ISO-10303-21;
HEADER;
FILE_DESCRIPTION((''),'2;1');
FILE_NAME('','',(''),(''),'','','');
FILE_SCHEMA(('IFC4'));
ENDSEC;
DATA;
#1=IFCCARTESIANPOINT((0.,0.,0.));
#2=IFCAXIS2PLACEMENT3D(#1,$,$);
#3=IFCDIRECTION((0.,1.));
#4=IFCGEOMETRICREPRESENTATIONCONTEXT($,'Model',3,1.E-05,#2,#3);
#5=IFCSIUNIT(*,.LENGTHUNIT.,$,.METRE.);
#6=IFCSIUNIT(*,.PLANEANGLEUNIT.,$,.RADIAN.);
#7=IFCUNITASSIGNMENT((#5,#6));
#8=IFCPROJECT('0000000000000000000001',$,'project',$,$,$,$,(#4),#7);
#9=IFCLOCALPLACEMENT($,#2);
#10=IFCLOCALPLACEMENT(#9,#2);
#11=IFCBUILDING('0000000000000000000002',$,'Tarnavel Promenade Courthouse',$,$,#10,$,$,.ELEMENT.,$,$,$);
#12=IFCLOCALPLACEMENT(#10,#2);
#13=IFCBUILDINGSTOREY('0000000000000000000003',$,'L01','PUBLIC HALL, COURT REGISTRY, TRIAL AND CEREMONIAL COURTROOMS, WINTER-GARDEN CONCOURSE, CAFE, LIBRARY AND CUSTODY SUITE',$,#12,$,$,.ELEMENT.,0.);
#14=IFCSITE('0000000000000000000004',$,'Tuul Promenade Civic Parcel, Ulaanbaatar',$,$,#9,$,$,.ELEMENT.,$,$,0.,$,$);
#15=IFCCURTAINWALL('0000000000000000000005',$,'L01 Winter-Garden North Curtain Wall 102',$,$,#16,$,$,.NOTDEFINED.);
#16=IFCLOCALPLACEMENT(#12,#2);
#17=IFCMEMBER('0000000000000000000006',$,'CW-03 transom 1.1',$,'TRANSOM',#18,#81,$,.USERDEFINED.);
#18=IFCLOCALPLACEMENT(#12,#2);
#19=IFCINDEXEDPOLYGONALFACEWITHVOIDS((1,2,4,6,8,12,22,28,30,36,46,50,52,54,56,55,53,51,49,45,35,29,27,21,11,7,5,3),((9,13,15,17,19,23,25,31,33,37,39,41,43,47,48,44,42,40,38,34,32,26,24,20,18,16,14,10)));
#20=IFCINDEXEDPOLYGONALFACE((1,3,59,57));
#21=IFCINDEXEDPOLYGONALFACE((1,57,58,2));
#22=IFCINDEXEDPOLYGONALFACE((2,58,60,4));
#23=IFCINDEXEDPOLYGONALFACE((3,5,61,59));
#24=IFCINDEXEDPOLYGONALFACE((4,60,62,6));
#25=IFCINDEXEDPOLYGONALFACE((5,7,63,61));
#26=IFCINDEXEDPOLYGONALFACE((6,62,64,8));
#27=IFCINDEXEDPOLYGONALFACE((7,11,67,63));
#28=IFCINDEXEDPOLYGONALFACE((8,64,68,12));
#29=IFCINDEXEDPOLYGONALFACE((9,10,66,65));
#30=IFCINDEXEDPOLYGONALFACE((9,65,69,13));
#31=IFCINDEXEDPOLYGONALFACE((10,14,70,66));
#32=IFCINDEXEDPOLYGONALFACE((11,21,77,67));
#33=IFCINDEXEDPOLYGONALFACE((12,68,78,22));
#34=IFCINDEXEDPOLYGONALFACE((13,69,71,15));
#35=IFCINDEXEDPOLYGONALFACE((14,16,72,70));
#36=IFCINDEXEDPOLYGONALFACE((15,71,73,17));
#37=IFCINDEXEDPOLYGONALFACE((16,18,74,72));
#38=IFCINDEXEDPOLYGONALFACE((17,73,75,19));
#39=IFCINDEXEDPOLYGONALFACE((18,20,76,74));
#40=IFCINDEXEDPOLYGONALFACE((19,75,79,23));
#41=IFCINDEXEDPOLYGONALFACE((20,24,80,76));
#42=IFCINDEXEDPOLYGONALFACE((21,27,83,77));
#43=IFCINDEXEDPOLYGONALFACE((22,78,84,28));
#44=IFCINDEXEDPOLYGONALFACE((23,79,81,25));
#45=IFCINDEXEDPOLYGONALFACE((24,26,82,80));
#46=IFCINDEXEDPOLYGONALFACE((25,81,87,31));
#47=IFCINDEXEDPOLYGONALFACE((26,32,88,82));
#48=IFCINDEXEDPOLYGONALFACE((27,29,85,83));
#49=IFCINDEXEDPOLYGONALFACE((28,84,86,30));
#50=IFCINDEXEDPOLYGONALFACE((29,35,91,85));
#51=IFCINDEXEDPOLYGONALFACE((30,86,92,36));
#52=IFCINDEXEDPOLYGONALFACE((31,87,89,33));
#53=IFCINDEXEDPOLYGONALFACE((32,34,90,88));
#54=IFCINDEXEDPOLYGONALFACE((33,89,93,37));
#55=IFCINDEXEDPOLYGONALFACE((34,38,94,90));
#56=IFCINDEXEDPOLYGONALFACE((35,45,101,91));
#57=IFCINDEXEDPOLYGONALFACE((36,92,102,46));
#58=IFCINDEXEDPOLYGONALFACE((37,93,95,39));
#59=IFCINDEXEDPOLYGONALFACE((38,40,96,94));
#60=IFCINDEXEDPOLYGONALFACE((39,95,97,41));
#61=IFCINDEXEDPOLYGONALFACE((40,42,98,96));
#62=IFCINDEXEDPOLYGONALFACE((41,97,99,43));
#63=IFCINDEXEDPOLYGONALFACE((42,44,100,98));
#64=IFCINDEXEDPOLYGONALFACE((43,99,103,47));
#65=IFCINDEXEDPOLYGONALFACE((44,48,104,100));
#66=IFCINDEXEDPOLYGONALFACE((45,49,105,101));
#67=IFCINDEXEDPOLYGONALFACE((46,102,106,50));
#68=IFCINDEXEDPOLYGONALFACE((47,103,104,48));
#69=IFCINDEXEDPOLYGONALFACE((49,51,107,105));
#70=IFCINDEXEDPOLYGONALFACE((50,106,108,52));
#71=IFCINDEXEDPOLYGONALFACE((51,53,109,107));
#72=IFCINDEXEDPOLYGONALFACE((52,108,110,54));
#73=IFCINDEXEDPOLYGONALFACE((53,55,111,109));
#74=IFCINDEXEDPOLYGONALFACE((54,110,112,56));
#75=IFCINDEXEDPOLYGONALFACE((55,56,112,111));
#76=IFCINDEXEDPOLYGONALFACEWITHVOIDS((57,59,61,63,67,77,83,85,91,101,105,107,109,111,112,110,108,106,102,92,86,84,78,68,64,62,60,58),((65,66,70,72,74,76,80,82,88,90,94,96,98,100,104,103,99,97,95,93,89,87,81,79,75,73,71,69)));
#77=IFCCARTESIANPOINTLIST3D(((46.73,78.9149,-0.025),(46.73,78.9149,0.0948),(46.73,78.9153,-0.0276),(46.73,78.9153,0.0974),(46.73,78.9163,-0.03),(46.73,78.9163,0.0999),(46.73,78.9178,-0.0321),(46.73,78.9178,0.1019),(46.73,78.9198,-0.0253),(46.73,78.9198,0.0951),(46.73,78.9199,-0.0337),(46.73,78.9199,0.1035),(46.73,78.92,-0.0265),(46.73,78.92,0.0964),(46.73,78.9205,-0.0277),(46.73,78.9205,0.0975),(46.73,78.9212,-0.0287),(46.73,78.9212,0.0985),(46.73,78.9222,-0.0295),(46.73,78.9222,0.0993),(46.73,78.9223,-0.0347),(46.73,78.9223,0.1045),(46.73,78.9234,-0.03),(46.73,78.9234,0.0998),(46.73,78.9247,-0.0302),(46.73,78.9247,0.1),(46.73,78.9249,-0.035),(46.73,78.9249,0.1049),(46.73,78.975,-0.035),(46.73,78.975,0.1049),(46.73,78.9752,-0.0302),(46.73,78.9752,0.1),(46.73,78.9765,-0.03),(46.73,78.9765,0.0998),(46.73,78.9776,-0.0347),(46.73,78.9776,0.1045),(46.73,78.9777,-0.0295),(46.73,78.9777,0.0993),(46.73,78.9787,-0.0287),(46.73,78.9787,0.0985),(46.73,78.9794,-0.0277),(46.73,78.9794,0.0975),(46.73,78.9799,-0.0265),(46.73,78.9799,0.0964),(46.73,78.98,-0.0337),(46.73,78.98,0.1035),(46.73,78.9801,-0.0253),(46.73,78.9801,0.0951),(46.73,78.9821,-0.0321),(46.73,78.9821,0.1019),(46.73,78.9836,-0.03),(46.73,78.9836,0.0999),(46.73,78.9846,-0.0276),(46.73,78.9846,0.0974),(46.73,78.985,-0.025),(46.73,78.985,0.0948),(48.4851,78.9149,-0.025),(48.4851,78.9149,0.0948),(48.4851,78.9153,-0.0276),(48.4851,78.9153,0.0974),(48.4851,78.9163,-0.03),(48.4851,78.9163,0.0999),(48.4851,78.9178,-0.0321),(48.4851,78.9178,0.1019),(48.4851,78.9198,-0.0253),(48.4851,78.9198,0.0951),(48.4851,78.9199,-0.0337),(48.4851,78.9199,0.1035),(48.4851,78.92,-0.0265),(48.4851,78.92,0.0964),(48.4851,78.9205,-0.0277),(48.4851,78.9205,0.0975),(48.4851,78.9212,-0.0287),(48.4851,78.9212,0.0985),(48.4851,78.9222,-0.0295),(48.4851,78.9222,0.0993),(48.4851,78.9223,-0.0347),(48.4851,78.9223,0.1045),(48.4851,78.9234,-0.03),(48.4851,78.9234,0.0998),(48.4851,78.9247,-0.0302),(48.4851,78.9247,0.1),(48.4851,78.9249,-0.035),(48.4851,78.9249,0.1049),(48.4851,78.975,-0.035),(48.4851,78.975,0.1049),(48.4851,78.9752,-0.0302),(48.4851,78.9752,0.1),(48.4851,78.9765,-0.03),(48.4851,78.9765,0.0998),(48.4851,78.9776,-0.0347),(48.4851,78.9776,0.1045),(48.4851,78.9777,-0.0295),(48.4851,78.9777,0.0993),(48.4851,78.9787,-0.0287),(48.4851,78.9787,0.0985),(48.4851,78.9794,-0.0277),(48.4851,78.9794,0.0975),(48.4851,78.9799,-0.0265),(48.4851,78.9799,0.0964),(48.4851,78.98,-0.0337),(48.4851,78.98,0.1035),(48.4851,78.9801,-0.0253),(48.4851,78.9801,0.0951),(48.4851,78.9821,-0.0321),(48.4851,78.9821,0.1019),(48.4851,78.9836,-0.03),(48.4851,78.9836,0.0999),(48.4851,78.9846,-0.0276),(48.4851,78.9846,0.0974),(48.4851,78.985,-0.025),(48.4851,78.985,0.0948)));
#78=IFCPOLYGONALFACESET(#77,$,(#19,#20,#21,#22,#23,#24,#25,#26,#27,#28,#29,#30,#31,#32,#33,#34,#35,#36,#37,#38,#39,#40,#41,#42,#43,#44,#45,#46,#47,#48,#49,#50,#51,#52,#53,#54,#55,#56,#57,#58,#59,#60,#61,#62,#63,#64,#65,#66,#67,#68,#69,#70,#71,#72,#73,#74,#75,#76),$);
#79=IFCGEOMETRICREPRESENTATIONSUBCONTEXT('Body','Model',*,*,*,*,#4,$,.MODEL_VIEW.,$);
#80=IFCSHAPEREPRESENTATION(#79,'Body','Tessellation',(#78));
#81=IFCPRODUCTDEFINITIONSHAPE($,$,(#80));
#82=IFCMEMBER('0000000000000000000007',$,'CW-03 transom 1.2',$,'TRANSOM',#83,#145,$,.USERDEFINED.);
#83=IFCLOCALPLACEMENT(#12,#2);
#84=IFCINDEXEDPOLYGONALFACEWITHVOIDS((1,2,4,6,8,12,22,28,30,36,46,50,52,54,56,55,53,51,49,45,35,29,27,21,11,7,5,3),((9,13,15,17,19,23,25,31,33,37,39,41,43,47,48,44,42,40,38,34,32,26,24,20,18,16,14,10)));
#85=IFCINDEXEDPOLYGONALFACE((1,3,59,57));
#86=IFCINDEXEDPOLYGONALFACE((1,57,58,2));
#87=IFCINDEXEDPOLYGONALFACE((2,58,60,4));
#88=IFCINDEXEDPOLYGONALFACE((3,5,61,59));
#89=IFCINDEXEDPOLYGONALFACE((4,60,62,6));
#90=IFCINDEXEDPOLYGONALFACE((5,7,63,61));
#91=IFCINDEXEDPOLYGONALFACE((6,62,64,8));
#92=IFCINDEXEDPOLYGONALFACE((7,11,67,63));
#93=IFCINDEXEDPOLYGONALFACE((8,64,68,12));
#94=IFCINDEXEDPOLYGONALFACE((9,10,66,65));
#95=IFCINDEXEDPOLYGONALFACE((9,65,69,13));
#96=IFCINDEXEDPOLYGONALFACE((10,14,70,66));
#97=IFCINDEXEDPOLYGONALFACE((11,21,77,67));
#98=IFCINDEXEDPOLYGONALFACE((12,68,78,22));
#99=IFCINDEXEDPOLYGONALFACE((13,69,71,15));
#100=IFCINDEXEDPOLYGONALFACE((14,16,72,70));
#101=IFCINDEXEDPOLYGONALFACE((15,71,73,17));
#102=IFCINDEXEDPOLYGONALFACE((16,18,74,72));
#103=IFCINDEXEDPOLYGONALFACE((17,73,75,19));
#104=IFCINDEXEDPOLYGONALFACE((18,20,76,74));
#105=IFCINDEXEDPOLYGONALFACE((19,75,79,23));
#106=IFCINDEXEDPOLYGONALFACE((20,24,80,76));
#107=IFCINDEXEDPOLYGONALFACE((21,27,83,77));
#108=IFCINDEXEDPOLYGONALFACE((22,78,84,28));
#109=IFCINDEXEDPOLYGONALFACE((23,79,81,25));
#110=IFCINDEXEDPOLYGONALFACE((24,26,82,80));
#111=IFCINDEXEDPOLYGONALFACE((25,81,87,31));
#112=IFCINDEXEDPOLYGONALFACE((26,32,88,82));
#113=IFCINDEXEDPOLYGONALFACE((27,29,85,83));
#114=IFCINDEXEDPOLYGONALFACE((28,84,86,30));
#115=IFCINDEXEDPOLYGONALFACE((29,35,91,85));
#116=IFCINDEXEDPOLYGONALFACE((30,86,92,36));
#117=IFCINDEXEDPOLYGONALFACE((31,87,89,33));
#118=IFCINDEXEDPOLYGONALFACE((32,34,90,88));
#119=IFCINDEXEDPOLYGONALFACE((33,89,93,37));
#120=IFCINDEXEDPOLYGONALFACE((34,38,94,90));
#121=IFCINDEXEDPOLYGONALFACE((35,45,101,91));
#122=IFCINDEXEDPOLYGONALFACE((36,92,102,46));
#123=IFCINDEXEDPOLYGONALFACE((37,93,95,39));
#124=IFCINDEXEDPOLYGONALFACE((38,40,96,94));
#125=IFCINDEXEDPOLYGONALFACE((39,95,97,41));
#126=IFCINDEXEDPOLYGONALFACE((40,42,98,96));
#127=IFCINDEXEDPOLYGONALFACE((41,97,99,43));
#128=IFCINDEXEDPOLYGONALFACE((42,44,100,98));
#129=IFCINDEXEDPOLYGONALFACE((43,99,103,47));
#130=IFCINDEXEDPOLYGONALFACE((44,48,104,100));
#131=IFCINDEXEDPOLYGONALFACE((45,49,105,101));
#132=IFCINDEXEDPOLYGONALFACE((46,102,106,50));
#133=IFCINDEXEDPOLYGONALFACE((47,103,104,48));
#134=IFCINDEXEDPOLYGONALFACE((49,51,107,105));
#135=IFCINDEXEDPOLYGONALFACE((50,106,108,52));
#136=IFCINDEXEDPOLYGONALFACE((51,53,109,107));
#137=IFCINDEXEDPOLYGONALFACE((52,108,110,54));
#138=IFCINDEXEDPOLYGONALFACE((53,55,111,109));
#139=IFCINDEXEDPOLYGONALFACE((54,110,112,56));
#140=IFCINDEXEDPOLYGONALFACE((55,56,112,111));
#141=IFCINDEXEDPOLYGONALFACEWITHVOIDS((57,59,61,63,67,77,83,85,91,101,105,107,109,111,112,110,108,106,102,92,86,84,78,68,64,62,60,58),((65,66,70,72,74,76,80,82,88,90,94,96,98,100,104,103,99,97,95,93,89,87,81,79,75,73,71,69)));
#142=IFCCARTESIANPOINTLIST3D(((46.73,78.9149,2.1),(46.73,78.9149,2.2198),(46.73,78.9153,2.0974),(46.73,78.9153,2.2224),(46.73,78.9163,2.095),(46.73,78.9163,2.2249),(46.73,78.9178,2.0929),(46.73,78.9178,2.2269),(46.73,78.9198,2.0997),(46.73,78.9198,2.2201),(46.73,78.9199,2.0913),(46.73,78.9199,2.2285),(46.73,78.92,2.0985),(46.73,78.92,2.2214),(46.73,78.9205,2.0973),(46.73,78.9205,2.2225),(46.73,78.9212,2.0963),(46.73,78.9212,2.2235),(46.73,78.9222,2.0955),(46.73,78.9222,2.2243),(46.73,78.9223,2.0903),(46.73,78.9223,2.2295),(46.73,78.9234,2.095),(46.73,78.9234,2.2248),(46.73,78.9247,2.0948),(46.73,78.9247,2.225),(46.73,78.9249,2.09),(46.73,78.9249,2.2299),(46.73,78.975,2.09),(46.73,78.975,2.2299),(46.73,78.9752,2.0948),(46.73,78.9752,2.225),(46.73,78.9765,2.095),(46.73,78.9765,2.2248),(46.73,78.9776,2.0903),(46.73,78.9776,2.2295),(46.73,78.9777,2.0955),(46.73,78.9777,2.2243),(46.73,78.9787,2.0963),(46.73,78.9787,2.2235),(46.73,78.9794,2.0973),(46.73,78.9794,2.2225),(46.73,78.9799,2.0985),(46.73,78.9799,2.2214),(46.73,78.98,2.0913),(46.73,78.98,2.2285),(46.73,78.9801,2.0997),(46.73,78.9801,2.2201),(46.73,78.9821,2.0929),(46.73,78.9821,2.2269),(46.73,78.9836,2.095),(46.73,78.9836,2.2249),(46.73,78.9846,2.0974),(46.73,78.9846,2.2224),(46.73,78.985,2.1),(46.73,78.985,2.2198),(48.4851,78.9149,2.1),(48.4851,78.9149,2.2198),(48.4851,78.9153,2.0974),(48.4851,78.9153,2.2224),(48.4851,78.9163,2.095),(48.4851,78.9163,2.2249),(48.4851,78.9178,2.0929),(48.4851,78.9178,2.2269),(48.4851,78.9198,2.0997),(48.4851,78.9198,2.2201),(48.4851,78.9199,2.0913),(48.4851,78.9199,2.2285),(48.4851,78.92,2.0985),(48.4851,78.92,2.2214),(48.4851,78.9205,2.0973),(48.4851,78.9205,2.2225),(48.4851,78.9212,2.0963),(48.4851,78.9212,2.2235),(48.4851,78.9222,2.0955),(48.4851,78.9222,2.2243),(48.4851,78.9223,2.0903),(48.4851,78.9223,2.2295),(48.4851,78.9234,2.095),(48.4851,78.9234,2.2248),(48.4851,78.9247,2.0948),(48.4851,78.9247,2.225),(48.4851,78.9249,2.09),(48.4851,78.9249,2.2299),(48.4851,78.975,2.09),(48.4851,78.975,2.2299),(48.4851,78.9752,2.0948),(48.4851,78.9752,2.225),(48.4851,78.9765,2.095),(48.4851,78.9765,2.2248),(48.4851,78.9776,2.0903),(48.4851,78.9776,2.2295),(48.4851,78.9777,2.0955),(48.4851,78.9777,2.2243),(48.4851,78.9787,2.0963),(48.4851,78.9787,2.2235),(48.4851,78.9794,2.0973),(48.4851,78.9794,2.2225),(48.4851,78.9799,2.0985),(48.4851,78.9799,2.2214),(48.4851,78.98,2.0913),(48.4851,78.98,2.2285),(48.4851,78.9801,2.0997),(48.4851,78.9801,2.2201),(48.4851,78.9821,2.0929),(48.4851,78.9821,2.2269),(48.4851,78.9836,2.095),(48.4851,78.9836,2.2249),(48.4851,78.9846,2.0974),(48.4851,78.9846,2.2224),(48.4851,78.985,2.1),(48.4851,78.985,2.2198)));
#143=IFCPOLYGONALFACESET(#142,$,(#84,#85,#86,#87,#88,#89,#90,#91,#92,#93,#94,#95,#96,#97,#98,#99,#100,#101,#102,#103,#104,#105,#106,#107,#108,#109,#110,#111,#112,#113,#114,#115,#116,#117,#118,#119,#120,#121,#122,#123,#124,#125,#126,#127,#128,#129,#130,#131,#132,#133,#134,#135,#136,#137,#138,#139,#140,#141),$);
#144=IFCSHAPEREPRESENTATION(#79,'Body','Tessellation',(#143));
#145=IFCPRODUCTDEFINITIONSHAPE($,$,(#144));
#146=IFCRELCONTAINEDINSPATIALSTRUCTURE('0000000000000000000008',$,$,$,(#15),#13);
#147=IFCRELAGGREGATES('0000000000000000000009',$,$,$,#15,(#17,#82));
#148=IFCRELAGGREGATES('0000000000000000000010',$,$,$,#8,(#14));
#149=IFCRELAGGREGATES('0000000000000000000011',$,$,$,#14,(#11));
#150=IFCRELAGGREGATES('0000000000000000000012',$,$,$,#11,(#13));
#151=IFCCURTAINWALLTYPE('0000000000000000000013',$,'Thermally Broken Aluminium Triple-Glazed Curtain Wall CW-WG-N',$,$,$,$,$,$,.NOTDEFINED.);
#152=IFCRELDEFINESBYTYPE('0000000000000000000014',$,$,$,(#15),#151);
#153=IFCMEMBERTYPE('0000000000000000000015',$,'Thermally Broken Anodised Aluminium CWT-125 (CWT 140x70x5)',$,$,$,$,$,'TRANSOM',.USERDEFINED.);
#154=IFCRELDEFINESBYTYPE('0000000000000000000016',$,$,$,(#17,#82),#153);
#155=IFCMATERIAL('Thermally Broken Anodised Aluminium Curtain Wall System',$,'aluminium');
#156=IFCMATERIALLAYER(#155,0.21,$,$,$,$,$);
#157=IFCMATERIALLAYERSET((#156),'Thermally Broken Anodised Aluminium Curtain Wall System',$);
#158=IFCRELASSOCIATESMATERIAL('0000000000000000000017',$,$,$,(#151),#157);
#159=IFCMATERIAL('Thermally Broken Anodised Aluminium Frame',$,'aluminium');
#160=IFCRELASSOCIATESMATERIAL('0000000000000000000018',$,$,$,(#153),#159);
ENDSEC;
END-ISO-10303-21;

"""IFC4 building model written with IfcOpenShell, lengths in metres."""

from ifc_helpers import new_model, si_unit, direction, frame, origin, origin_2d, place, context, subcontext, project, spatial, hollow_rectangle, extrude, material, layer, layer_set, material_profile, profile_set, type_object, element, aggregate, save


model = new_model("IFC4")

# Units and contexts
model_context = context("Model", 3, precision=1e-05, world=origin(), true_north=direction((0.0, 1.0)))
body_context = subcontext(model_context, "Body", "Model", "MODEL_VIEW")
ifc_project = project(units=[si_unit("LENGTHUNIT", "METRE"), si_unit("PLANEANGLEUNIT", "RADIAN")], contexts=[model_context])

# Site, building, storey
site_placement = place(None, origin())
site = spatial("IfcSite", under=ifc_project, at=site_placement, Name="Tuul Promenade Civic Parcel, Ulaanbaatar", CompositionType="ELEMENT", RefElevation=0.0)
building_placement = place(site_placement, origin())
building = spatial("IfcBuilding", under=site, at=building_placement, Name="Tarnavel Promenade Courthouse", CompositionType="ELEMENT")
storey_placement = place(building_placement, origin())
storey = spatial("IfcBuildingStorey", under=building, at=storey_placement, Name="L01", Description="PUBLIC HALL, COURT REGISTRY, TRIAL AND CEREMONIAL COURTROOMS, WINTER-GARDEN CONCOURSE, CAFE, LIBRARY AND CUSTODY SUITE", CompositionType="ELEMENT", Elevation=0.0)

# Curtain wall, members
ifc_material_1 = material(Name="Thermally Broken Anodised Aluminium Curtain Wall System", Category="aluminium")
ifc_layer_1 = layer(ifc_material_1, 0.21)
ifc_layer_set_1 = layer_set([ifc_layer_1], Name="Thermally Broken Anodised Aluminium Curtain Wall System")
curtain_wall_type = type_object("IfcCurtainWallType", Name="Thermally Broken Aluminium Triple-Glazed Curtain Wall CW-WG-N", PredefinedType="NOTDEFINED", material=ifc_layer_set_1)
curtain_wall_placement = place(storey_placement, origin())
curtain_wall = element("IfcCurtainWall", 1, at=curtain_wall_placement, inside=storey, type_object=curtain_wall_type, Name="L01 Winter-Garden North Curtain Wall 102", PredefinedType="NOTDEFINED")
ifc_material_2 = material(Name="Thermally Broken Anodised Aluminium Frame", Category="aluminium")
ifc_material_profile_1 = material_profile(ifc_material_2, hollow_rectangle(XDim=0.0701, YDim=0.1399, WallThickness=0.0049, InnerFilletRadius=0.0049, OuterFilletRadius=0.01, at=origin_2d()), Name="CWT 140x70x5")
ifc_profile_set_1 = profile_set([ifc_material_profile_1], Name="Thermally Broken Anodised Aluminium Frame")
member_type_1 = type_object("IfcMemberType", Name="Thermally Broken Anodised Aluminium CWT-125 (CWT 140x70x5)", ElementType="TRANSOM", PredefinedType="USERDEFINED", material=ifc_profile_set_1)
member_1_placement = place(storey_placement, frame((46.73, 78.95, 0.0349), z_axis=(1.0, 0.0, 0.0), x_axis=(0.0, 1.0, 0.0)))
member_1 = element("IfcMember", 2, at=member_1_placement, type_object=member_type_1, Name="CW-03 transom 1.1", ObjectType="TRANSOM", PredefinedType="USERDEFINED", context=body_context, shape_type="SweptSolid", body=[
    extrude(hollow_rectangle(XDim=0.0701, YDim=0.1399, WallThickness=0.0049, InnerFilletRadius=0.0049, OuterFilletRadius=0.01, at=origin_2d()), origin(), (0.0, 0.0, 1.0), 1.7551),
])
member_2_placement = place(storey_placement, frame((46.73, 78.95, 2.1599), z_axis=(1.0, 0.0, 0.0), x_axis=(0.0, 1.0, 0.0)))
member_2 = element("IfcMember", 3, at=member_2_placement, type_object=member_type_1, Name="CW-03 transom 1.2", ObjectType="TRANSOM", PredefinedType="USERDEFINED", context=body_context, shape_type="SweptSolid", body=[
    extrude(hollow_rectangle(XDim=0.0701, YDim=0.1399, WallThickness=0.0049, InnerFilletRadius=0.0049, OuterFilletRadius=0.01, at=origin_2d()), origin(), (0.0, 0.0, 1.0), 1.7551),
])
aggregate(curtain_wall, [member_1, member_2])

save(model, "model.ifc")
